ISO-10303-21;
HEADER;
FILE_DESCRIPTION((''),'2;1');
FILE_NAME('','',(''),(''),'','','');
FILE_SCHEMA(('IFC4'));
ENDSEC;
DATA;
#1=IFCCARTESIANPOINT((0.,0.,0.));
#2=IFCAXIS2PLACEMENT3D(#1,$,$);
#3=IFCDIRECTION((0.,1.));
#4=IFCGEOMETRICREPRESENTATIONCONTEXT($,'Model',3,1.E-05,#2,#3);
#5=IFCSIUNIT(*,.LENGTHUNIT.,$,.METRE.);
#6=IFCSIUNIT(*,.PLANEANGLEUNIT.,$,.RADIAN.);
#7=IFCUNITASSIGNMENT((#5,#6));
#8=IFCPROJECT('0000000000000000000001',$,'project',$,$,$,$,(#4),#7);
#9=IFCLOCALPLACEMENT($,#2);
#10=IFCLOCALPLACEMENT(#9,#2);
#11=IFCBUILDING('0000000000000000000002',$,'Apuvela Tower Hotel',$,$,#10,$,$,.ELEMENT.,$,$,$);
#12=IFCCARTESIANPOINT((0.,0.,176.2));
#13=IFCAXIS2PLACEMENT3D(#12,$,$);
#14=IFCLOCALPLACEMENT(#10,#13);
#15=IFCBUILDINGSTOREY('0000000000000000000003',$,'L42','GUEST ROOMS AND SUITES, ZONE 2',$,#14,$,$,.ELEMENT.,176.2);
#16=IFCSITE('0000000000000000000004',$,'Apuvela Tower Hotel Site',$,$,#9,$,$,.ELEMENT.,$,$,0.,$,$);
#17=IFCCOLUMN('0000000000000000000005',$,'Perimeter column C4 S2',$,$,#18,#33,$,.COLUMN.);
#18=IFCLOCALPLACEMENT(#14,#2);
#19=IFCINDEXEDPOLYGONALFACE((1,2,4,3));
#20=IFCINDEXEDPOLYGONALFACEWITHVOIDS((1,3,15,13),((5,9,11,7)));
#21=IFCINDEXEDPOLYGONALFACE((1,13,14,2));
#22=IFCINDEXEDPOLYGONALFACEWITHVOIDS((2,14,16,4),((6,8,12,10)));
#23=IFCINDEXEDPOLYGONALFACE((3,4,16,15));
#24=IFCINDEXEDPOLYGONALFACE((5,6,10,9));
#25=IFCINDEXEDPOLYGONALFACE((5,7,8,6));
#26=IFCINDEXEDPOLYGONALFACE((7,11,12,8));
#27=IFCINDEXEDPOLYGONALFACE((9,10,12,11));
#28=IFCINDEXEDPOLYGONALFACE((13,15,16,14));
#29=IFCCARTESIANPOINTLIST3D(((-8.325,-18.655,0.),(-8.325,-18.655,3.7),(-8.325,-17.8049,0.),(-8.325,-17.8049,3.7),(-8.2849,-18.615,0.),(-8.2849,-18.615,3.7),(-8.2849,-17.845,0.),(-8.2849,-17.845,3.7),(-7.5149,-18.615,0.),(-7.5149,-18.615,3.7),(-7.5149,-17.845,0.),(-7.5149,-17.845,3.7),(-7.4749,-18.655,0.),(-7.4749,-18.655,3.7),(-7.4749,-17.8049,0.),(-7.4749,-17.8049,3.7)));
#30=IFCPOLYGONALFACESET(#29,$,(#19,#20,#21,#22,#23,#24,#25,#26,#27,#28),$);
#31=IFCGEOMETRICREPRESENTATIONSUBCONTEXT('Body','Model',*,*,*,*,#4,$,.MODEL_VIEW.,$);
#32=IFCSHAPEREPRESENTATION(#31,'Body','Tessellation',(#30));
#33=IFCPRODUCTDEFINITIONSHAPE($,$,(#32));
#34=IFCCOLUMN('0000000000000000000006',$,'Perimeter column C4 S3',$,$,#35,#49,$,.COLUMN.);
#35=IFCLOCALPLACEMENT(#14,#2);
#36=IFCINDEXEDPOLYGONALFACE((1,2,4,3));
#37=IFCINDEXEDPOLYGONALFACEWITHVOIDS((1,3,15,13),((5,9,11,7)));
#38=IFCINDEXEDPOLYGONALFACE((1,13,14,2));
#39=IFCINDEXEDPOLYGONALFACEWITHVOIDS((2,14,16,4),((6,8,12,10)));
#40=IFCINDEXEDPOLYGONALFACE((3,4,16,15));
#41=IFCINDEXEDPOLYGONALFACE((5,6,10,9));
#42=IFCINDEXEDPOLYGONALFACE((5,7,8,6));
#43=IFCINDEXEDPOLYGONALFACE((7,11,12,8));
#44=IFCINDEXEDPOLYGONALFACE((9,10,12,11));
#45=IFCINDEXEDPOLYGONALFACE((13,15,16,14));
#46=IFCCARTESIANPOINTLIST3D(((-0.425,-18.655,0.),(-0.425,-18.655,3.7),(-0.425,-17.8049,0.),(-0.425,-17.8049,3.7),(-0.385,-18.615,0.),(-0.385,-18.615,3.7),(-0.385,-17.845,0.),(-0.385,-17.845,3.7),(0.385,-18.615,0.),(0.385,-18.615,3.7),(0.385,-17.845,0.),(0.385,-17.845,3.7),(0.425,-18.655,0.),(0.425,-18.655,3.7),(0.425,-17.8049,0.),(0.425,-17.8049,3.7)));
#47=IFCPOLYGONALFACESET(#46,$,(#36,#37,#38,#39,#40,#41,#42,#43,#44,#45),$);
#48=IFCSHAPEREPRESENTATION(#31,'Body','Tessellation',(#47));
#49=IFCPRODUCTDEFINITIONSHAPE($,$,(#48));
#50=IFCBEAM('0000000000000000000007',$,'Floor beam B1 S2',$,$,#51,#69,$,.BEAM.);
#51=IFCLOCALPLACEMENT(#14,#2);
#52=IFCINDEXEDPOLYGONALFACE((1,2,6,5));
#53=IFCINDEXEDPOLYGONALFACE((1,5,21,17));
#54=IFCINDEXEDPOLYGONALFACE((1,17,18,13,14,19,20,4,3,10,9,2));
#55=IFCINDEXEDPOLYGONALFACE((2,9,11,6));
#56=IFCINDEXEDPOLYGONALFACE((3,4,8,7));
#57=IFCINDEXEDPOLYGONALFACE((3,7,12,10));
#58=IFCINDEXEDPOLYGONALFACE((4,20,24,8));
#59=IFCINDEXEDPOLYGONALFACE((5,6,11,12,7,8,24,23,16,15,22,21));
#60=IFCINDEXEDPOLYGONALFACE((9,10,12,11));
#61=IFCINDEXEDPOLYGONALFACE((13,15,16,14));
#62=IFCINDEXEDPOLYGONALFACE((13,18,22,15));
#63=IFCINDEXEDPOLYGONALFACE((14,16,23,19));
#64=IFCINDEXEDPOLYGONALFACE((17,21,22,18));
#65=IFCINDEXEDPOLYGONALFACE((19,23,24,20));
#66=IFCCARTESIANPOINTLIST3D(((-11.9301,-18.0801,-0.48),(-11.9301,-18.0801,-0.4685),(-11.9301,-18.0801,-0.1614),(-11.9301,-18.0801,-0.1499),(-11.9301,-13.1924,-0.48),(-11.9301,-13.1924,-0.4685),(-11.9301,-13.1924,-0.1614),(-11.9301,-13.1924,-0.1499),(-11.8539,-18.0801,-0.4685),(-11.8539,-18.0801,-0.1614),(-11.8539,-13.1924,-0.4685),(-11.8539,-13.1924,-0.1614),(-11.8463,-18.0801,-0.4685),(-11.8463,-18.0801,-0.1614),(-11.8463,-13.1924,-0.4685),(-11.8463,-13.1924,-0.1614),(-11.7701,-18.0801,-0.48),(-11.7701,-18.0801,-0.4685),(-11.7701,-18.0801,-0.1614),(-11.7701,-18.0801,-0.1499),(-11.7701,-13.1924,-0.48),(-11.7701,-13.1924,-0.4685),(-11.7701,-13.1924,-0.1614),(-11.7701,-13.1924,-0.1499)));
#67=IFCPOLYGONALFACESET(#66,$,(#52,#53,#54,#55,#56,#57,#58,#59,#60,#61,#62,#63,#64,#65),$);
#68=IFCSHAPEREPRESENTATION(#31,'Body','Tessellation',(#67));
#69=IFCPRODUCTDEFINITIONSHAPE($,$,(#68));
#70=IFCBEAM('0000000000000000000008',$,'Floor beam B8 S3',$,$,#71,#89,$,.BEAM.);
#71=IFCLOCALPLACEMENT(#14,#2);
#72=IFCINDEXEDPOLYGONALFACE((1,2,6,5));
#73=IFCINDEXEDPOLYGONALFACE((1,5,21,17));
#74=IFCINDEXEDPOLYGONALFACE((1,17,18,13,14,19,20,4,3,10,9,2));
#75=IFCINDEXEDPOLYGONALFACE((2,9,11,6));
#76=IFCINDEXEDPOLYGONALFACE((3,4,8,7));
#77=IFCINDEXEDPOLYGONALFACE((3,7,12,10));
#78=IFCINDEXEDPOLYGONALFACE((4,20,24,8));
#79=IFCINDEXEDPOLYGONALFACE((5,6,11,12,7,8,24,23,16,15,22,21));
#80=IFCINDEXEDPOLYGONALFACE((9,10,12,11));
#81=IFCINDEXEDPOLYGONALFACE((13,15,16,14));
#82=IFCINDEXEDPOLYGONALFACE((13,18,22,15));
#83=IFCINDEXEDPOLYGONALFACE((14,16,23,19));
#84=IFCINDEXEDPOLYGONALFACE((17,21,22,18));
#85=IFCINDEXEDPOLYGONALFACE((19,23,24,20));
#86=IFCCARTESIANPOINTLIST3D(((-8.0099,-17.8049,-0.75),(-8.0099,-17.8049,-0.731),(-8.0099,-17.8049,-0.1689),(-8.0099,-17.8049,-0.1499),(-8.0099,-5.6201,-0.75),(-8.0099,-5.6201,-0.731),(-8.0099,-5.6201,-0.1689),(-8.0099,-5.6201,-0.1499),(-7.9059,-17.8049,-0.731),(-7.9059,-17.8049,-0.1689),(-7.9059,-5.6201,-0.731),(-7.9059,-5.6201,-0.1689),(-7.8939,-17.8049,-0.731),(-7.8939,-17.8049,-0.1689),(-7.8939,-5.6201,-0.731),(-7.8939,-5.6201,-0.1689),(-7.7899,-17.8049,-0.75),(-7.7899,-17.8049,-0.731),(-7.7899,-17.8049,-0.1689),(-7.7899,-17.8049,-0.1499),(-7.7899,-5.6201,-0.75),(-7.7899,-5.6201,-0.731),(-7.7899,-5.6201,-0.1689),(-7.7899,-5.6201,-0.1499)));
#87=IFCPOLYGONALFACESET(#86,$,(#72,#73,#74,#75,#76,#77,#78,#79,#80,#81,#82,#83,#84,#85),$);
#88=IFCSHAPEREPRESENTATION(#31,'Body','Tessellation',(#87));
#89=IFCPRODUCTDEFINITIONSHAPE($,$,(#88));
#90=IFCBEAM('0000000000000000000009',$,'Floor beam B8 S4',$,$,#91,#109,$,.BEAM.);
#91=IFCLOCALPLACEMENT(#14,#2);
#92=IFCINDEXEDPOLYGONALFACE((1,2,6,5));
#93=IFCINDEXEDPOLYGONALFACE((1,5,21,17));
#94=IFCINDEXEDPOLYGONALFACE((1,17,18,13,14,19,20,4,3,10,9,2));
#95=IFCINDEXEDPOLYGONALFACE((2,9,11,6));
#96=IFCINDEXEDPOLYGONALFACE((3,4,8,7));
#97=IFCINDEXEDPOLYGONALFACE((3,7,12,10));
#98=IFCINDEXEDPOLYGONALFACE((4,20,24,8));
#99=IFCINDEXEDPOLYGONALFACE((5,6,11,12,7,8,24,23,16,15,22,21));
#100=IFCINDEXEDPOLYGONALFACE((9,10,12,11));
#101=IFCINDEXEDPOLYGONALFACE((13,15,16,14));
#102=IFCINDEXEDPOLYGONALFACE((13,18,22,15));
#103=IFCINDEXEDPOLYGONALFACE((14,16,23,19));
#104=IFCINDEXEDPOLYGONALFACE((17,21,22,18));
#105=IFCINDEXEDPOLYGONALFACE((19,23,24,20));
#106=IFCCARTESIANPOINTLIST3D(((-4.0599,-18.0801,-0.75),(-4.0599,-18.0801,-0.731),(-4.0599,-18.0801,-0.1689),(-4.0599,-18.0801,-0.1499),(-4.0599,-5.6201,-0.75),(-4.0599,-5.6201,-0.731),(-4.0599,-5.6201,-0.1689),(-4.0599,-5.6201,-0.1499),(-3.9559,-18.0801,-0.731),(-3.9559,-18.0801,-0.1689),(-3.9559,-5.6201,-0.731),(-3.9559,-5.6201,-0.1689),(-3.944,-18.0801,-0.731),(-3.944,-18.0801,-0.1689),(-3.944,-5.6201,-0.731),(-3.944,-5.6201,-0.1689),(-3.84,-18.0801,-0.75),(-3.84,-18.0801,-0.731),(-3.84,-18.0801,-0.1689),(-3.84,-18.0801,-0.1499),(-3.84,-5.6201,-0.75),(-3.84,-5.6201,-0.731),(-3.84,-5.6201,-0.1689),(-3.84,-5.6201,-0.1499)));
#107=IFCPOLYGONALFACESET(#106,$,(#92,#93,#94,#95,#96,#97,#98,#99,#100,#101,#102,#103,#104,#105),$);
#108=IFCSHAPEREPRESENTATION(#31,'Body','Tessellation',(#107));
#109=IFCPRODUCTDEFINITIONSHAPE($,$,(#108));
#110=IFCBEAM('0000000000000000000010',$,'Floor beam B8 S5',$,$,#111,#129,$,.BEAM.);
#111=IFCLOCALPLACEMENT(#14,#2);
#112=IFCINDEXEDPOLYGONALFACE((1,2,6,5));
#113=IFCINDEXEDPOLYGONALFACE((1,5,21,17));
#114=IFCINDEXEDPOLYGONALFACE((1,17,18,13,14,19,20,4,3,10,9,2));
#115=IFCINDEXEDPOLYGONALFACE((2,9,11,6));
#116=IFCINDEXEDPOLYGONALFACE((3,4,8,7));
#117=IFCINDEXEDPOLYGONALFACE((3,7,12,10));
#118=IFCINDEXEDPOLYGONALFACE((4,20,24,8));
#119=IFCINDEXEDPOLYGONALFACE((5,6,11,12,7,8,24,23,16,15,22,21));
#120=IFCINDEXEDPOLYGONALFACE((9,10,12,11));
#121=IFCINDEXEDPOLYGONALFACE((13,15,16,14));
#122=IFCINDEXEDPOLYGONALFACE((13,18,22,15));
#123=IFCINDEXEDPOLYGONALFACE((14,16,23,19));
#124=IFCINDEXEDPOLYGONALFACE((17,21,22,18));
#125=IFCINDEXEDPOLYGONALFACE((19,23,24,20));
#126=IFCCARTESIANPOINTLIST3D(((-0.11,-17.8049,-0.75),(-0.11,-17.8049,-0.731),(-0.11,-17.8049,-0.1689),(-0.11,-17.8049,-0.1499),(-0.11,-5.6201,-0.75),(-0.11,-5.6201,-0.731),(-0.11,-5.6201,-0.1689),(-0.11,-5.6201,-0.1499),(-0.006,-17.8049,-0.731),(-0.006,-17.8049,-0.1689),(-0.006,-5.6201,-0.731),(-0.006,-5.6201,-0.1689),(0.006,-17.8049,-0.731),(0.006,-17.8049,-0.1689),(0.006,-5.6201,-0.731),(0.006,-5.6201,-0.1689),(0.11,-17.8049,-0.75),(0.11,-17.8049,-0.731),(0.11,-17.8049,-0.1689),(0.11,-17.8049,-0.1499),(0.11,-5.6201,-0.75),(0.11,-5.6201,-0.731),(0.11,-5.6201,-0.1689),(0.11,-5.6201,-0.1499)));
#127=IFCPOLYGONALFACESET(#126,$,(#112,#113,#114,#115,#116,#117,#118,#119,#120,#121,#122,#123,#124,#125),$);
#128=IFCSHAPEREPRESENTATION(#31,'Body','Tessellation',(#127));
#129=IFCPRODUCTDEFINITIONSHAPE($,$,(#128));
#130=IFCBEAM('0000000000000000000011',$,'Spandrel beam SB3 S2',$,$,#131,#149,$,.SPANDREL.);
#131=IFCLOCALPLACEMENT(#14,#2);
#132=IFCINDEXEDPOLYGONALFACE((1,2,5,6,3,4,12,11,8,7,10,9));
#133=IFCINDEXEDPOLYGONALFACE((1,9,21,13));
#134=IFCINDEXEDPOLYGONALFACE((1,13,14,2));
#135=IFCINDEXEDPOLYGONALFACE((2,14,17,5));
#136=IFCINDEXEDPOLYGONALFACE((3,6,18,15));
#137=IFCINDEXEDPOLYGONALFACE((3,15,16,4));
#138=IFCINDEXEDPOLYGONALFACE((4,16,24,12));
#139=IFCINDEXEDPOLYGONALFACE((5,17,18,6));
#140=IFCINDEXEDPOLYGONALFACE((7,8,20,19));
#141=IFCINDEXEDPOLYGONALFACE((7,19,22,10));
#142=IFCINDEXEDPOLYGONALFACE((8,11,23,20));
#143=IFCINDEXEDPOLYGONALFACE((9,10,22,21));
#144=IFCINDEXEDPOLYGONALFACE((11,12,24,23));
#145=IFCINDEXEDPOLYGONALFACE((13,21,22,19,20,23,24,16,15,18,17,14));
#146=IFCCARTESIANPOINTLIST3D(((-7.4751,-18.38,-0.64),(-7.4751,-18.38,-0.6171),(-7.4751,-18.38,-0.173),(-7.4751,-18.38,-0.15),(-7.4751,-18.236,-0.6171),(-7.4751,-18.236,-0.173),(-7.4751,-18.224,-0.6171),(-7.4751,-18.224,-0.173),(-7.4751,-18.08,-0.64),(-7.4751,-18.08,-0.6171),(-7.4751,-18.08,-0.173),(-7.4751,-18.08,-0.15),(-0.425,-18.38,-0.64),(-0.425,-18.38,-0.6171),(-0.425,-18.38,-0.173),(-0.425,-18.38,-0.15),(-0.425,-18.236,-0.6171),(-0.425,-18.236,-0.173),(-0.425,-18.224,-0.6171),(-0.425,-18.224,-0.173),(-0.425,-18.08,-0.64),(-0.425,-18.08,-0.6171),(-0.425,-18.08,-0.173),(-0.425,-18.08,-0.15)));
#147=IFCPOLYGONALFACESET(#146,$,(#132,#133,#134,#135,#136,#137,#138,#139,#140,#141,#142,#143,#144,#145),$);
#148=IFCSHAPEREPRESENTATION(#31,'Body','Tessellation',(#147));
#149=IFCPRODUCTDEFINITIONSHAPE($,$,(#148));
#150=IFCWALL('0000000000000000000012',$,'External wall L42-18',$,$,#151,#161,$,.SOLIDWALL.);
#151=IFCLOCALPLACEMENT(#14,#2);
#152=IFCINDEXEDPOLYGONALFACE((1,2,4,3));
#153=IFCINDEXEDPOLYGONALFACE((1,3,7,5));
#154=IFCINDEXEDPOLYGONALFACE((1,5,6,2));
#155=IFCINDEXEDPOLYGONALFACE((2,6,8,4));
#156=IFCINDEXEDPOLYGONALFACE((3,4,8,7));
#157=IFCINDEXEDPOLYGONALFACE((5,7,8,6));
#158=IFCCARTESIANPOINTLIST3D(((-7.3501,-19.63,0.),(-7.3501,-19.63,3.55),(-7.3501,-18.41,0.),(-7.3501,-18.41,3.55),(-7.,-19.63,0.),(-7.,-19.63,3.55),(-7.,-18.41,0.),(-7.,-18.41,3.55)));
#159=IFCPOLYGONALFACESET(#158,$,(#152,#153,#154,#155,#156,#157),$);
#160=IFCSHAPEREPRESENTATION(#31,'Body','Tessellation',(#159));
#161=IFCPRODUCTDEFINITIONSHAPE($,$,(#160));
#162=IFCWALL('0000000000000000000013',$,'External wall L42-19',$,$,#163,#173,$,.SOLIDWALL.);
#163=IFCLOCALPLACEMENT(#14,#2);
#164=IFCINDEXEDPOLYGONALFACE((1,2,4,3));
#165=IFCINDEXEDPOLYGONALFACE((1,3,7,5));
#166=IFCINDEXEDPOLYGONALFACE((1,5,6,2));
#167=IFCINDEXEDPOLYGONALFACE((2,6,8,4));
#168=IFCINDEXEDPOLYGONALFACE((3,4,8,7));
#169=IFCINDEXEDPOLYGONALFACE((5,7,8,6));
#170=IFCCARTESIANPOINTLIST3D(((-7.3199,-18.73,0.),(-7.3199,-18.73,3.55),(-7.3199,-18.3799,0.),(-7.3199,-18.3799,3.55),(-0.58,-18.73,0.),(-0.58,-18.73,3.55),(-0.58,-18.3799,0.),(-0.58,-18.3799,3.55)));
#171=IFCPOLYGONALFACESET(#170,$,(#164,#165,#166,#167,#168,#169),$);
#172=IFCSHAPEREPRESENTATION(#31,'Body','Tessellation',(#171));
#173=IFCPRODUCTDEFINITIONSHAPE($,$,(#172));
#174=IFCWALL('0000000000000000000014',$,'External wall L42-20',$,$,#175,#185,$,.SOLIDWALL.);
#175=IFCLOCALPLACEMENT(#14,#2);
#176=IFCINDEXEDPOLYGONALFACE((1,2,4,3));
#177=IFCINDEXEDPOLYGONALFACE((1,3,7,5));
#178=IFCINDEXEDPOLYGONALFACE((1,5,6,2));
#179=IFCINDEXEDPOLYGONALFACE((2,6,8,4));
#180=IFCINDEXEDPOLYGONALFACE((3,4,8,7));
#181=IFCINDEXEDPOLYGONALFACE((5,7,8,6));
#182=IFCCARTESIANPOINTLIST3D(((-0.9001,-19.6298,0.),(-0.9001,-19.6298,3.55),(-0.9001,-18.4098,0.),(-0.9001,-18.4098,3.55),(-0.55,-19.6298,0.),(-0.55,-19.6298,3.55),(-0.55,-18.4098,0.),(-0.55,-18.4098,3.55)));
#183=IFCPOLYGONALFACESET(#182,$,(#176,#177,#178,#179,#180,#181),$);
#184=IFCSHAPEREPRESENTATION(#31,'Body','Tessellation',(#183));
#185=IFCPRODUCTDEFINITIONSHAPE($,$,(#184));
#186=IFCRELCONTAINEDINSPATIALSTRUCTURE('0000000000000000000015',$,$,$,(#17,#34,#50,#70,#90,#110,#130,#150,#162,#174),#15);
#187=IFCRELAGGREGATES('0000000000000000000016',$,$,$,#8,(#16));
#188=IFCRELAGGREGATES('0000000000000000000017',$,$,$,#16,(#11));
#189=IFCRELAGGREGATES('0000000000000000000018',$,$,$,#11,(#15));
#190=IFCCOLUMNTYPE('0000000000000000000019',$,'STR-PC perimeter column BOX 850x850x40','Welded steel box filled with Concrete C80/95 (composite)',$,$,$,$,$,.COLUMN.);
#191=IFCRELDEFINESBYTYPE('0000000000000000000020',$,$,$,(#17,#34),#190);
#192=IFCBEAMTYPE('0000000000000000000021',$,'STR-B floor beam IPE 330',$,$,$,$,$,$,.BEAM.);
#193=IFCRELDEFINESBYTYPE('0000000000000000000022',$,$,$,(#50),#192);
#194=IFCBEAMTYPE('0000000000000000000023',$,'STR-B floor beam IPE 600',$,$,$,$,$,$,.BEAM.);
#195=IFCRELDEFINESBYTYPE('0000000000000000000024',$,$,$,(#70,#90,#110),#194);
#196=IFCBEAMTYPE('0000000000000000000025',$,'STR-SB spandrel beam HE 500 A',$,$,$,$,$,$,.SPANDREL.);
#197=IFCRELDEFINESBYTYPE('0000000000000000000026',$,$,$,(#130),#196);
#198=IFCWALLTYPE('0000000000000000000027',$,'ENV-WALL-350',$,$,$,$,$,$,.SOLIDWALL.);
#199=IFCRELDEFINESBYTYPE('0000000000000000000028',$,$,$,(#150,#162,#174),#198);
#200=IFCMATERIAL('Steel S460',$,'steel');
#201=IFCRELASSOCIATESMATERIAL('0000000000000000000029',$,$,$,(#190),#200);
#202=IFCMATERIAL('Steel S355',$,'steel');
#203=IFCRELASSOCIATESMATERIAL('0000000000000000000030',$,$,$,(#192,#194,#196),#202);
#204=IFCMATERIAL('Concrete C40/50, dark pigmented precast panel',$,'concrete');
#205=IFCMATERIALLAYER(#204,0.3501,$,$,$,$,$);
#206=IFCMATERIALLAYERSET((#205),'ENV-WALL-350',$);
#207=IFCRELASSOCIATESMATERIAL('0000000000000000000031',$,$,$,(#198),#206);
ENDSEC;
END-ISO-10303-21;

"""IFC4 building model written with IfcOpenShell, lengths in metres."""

from ifc_helpers import new_model, si_unit, direction, frame, frame_2d, origin, origin_2d, place, context, subcontext, project, spatial, rectangle, hollow_rectangle, i_section, extrude, material, layer, layer_set, material_profile, profile_set, type_object, element, save


model = new_model("IFC4")

# Units and contexts
model_context = context("Model", 3, precision=1e-05, world=origin(), true_north=direction((0.0, 1.0)))
body_context = subcontext(model_context, "Body", "Model", "MODEL_VIEW")
ifc_project = project(units=[si_unit("LENGTHUNIT", "METRE"), si_unit("PLANEANGLEUNIT", "RADIAN")], contexts=[model_context])

# Site, building, storey
site_placement = place(None, origin())
site = spatial("IfcSite", under=ifc_project, at=site_placement, Name="Apuvela Tower Hotel Site", CompositionType="ELEMENT", RefElevation=0.0)
building_placement = place(site_placement, origin())
building = spatial("IfcBuilding", under=site, at=building_placement, Name="Apuvela Tower Hotel", CompositionType="ELEMENT")
storey_placement = place(building_placement, frame((0.0, 0.0, 176.2)))
storey = spatial("IfcBuildingStorey", under=building, at=storey_placement, Name="L42", Description="GUEST ROOMS AND SUITES, ZONE 2", CompositionType="ELEMENT", Elevation=176.2)

# Columns
ifc_material_1 = material(Name="Steel S460", Category="steel")
ifc_material_profile_1 = material_profile(ifc_material_1, hollow_rectangle(XDim=0.8501, YDim=0.8501, WallThickness=0.04, at=origin_2d()), Name="BOX 850x850x40")
ifc_material_2 = material(Name="Concrete C80/95", Category="concrete")
ifc_material_profile_2 = material_profile(ifc_material_2, rectangle(XDim=0.77, YDim=0.77, at=origin_2d()), Name="Concrete C80/95 infill")
ifc_profile_set_1 = profile_set([ifc_material_profile_1, ifc_material_profile_2], Name="Steel S460")
column_type = type_object("IfcColumnType", Name="STR-PC perimeter column BOX 850x850x40", Description="Welded steel box filled with Concrete C80/95 (composite)", PredefinedType="COLUMN", material=ifc_profile_set_1)
for number, where, z_axis, x_axis, name in (
    (1, (-7.8999, -18.23, 0.0), (0.0, 0.0, 1.0), (-1.0, 0.0, 0.0), "Perimeter column C4 S2"),
    (2, (0.0, -18.23, 0.0), (0.0, 0.0, 1.0), (-1.0, 0.0, 0.0), "Perimeter column C4 S3"),
):
    element("IfcColumn", number, at=place(storey_placement, frame(where, z_axis=z_axis, x_axis=x_axis)), inside=storey, type_object=column_type, Name=name, PredefinedType="COLUMN", context=body_context, shape_type="SweptSolid", body=[
        extrude(hollow_rectangle(XDim=0.8501, YDim=0.8501, WallThickness=0.04, at=origin_2d()), origin(), (0.0, 0.0, 1.0), 3.7),
    ])

# Beams
ifc_material_3 = material(Name="Steel S355", Category="steel")
ifc_material_profile_3 = material_profile(ifc_material_3, i_section(OverallWidth=0.1599, OverallDepth=0.3301, WebThickness=0.0076, FlangeThickness=0.0115, at=origin_2d()), Name="IPE 330")
ifc_profile_set_2 = profile_set([ifc_material_profile_3], Name="Steel S355")
beam_type_1 = type_object("IfcBeamType", Name="STR-B floor beam IPE 330", PredefinedType="BEAM", material=ifc_profile_set_2)
beam_1_placement = place(storey_placement, frame((-11.8501, -18.0801, -0.3149), z_axis=(0.0, 1.0, 0.0), x_axis=(-1.0, 0.0, 0.0)))
element("IfcBeam", 3, at=beam_1_placement, inside=storey, type_object=beam_type_1, Name="Floor beam B1 S2", PredefinedType="BEAM", context=body_context, shape_type="SweptSolid", body=[
    extrude(i_section(OverallWidth=0.1599, OverallDepth=0.3301, WebThickness=0.0076, FlangeThickness=0.0115, at=origin_2d()), origin(), (0.0, 0.0, 1.0), 4.8877),
])
ifc_material_profile_4 = material_profile(ifc_material_3, i_section(OverallWidth=0.22, OverallDepth=0.6001, WebThickness=0.012, FlangeThickness=0.019, at=origin_2d()), Name="IPE 600")
ifc_profile_set_3 = profile_set([ifc_material_profile_4], Name="Steel S355")
beam_type_2 = type_object("IfcBeamType", Name="STR-B floor beam IPE 600", PredefinedType="BEAM", material=ifc_profile_set_3)
beam_2_placement = place(storey_placement, frame((-7.8999, -17.8049, -0.45), z_axis=(0.0, 1.0, 0.0), x_axis=(-1.0, 0.0, 0.0)))
element("IfcBeam", 4, at=beam_2_placement, inside=storey, type_object=beam_type_2, Name="Floor beam B8 S3", PredefinedType="BEAM", context=body_context, shape_type="SweptSolid", body=[
    extrude(i_section(OverallWidth=0.22, OverallDepth=0.6001, WebThickness=0.012, FlangeThickness=0.019, at=origin_2d()), origin(), (0.0, 0.0, 1.0), 12.1848),
])
beam_3_placement = place(storey_placement, frame((-3.95, -18.0801, -0.45), z_axis=(0.0, 1.0, 0.0), x_axis=(-1.0, 0.0, 0.0)))
element("IfcBeam", 5, at=beam_3_placement, inside=storey, type_object=beam_type_2, Name="Floor beam B8 S4", PredefinedType="BEAM", context=body_context, shape_type="SweptSolid", body=[
    extrude(i_section(OverallWidth=0.22, OverallDepth=0.6001, WebThickness=0.012, FlangeThickness=0.019, at=origin_2d()), origin(), (0.0, 0.0, 1.0), 12.46),
])
beam_4_placement = place(storey_placement, frame((0.0, -17.8049, -0.45), z_axis=(0.0, 1.0, 0.0), x_axis=(-1.0, 0.0, 0.0)))
element("IfcBeam", 6, at=beam_4_placement, inside=storey, type_object=beam_type_2, Name="Floor beam B8 S5", PredefinedType="BEAM", context=body_context, shape_type="SweptSolid", body=[
    extrude(i_section(OverallWidth=0.22, OverallDepth=0.6001, WebThickness=0.012, FlangeThickness=0.019, at=origin_2d()), origin(), (0.0, 0.0, 1.0), 12.1848),
])
ifc_material_profile_5 = material_profile(ifc_material_3, i_section(OverallWidth=0.3, OverallDepth=0.49, WebThickness=0.012, FlangeThickness=0.0229, at=origin_2d()), Name="HE 500 A")
ifc_profile_set_4 = profile_set([ifc_material_profile_5], Name="Steel S355")
beam_type_3 = type_object("IfcBeamType", Name="STR-SB spandrel beam HE 500 A", PredefinedType="SPANDREL", material=ifc_profile_set_4)
beam_5_placement = place(storey_placement, frame((-7.4751, -18.23, -0.395), z_axis=(1.0, 0.0, 0.0), x_axis=(0.0, 1.0, 0.0)))
element("IfcBeam", 7, at=beam_5_placement, inside=storey, type_object=beam_type_3, Name="Spandrel beam SB3 S2", PredefinedType="SPANDREL", context=body_context, shape_type="SweptSolid", body=[
    extrude(i_section(OverallWidth=0.3, OverallDepth=0.49, WebThickness=0.012, FlangeThickness=0.0229, at=origin_2d()), origin(), (0.0, 0.0, 1.0), 7.05),
])

# Walls
ifc_material_4 = material(Name="Concrete C40/50, dark pigmented precast panel", Category="concrete")
ifc_layer_1 = layer(ifc_material_4, 0.3501)
ifc_layer_set_1 = layer_set([ifc_layer_1], Name="ENV-WALL-350")
wall_type_1 = type_object("IfcWallType", Name="ENV-WALL-350", PredefinedType="SOLIDWALL", material=ifc_layer_set_1)
wall_1_placement = place(storey_placement, frame((-7.175, -19.6299, 0.0), z_axis=(0.0, 0.0, 1.0), x_axis=(0.0, 1.0, 0.0)))
element("IfcWall", 8, at=wall_1_placement, inside=storey, type_object=wall_type_1, Name="External wall L42-18", PredefinedType="SOLIDWALL", context=body_context, shape_type="SweptSolid", body=[
    extrude(rectangle(XDim=1.22, YDim=0.3501, at=frame_2d((0.6099, 0.0))), origin(), (0.0, 0.0, 1.0), 3.55),
])
wall_2_placement = place(storey_placement, frame((-7.3201, -18.5549, 0.0), z_axis=(0.0, 0.0, 1.0), x_axis=(1.0, 0.0, 0.0)))
element("IfcWall", 9, at=wall_2_placement, inside=storey, type_object=wall_type_1, Name="External wall L42-19", PredefinedType="SOLIDWALL", context=body_context, shape_type="SweptSolid", body=[
    extrude(rectangle(XDim=6.74, YDim=0.3501, at=frame_2d((3.3701, 0.0))), origin(), (0.0, 0.0, 1.0), 3.55),
])
wall_3_placement = place(storey_placement, frame((-0.7251, -18.4099, 0.0), z_axis=(0.0, 0.0, 1.0), x_axis=(0.0, -1.0, 0.0)))
element("IfcWall", 10, at=wall_3_placement, inside=storey, type_object=wall_type_1, Name="External wall L42-20", PredefinedType="SOLIDWALL", context=body_context, shape_type="SweptSolid", body=[
    extrude(rectangle(XDim=1.22, YDim=0.3501, at=frame_2d((0.6099, 0.0))), origin(), (0.0, 0.0, 1.0), 3.55),
])

save(model, "model.ifc")
